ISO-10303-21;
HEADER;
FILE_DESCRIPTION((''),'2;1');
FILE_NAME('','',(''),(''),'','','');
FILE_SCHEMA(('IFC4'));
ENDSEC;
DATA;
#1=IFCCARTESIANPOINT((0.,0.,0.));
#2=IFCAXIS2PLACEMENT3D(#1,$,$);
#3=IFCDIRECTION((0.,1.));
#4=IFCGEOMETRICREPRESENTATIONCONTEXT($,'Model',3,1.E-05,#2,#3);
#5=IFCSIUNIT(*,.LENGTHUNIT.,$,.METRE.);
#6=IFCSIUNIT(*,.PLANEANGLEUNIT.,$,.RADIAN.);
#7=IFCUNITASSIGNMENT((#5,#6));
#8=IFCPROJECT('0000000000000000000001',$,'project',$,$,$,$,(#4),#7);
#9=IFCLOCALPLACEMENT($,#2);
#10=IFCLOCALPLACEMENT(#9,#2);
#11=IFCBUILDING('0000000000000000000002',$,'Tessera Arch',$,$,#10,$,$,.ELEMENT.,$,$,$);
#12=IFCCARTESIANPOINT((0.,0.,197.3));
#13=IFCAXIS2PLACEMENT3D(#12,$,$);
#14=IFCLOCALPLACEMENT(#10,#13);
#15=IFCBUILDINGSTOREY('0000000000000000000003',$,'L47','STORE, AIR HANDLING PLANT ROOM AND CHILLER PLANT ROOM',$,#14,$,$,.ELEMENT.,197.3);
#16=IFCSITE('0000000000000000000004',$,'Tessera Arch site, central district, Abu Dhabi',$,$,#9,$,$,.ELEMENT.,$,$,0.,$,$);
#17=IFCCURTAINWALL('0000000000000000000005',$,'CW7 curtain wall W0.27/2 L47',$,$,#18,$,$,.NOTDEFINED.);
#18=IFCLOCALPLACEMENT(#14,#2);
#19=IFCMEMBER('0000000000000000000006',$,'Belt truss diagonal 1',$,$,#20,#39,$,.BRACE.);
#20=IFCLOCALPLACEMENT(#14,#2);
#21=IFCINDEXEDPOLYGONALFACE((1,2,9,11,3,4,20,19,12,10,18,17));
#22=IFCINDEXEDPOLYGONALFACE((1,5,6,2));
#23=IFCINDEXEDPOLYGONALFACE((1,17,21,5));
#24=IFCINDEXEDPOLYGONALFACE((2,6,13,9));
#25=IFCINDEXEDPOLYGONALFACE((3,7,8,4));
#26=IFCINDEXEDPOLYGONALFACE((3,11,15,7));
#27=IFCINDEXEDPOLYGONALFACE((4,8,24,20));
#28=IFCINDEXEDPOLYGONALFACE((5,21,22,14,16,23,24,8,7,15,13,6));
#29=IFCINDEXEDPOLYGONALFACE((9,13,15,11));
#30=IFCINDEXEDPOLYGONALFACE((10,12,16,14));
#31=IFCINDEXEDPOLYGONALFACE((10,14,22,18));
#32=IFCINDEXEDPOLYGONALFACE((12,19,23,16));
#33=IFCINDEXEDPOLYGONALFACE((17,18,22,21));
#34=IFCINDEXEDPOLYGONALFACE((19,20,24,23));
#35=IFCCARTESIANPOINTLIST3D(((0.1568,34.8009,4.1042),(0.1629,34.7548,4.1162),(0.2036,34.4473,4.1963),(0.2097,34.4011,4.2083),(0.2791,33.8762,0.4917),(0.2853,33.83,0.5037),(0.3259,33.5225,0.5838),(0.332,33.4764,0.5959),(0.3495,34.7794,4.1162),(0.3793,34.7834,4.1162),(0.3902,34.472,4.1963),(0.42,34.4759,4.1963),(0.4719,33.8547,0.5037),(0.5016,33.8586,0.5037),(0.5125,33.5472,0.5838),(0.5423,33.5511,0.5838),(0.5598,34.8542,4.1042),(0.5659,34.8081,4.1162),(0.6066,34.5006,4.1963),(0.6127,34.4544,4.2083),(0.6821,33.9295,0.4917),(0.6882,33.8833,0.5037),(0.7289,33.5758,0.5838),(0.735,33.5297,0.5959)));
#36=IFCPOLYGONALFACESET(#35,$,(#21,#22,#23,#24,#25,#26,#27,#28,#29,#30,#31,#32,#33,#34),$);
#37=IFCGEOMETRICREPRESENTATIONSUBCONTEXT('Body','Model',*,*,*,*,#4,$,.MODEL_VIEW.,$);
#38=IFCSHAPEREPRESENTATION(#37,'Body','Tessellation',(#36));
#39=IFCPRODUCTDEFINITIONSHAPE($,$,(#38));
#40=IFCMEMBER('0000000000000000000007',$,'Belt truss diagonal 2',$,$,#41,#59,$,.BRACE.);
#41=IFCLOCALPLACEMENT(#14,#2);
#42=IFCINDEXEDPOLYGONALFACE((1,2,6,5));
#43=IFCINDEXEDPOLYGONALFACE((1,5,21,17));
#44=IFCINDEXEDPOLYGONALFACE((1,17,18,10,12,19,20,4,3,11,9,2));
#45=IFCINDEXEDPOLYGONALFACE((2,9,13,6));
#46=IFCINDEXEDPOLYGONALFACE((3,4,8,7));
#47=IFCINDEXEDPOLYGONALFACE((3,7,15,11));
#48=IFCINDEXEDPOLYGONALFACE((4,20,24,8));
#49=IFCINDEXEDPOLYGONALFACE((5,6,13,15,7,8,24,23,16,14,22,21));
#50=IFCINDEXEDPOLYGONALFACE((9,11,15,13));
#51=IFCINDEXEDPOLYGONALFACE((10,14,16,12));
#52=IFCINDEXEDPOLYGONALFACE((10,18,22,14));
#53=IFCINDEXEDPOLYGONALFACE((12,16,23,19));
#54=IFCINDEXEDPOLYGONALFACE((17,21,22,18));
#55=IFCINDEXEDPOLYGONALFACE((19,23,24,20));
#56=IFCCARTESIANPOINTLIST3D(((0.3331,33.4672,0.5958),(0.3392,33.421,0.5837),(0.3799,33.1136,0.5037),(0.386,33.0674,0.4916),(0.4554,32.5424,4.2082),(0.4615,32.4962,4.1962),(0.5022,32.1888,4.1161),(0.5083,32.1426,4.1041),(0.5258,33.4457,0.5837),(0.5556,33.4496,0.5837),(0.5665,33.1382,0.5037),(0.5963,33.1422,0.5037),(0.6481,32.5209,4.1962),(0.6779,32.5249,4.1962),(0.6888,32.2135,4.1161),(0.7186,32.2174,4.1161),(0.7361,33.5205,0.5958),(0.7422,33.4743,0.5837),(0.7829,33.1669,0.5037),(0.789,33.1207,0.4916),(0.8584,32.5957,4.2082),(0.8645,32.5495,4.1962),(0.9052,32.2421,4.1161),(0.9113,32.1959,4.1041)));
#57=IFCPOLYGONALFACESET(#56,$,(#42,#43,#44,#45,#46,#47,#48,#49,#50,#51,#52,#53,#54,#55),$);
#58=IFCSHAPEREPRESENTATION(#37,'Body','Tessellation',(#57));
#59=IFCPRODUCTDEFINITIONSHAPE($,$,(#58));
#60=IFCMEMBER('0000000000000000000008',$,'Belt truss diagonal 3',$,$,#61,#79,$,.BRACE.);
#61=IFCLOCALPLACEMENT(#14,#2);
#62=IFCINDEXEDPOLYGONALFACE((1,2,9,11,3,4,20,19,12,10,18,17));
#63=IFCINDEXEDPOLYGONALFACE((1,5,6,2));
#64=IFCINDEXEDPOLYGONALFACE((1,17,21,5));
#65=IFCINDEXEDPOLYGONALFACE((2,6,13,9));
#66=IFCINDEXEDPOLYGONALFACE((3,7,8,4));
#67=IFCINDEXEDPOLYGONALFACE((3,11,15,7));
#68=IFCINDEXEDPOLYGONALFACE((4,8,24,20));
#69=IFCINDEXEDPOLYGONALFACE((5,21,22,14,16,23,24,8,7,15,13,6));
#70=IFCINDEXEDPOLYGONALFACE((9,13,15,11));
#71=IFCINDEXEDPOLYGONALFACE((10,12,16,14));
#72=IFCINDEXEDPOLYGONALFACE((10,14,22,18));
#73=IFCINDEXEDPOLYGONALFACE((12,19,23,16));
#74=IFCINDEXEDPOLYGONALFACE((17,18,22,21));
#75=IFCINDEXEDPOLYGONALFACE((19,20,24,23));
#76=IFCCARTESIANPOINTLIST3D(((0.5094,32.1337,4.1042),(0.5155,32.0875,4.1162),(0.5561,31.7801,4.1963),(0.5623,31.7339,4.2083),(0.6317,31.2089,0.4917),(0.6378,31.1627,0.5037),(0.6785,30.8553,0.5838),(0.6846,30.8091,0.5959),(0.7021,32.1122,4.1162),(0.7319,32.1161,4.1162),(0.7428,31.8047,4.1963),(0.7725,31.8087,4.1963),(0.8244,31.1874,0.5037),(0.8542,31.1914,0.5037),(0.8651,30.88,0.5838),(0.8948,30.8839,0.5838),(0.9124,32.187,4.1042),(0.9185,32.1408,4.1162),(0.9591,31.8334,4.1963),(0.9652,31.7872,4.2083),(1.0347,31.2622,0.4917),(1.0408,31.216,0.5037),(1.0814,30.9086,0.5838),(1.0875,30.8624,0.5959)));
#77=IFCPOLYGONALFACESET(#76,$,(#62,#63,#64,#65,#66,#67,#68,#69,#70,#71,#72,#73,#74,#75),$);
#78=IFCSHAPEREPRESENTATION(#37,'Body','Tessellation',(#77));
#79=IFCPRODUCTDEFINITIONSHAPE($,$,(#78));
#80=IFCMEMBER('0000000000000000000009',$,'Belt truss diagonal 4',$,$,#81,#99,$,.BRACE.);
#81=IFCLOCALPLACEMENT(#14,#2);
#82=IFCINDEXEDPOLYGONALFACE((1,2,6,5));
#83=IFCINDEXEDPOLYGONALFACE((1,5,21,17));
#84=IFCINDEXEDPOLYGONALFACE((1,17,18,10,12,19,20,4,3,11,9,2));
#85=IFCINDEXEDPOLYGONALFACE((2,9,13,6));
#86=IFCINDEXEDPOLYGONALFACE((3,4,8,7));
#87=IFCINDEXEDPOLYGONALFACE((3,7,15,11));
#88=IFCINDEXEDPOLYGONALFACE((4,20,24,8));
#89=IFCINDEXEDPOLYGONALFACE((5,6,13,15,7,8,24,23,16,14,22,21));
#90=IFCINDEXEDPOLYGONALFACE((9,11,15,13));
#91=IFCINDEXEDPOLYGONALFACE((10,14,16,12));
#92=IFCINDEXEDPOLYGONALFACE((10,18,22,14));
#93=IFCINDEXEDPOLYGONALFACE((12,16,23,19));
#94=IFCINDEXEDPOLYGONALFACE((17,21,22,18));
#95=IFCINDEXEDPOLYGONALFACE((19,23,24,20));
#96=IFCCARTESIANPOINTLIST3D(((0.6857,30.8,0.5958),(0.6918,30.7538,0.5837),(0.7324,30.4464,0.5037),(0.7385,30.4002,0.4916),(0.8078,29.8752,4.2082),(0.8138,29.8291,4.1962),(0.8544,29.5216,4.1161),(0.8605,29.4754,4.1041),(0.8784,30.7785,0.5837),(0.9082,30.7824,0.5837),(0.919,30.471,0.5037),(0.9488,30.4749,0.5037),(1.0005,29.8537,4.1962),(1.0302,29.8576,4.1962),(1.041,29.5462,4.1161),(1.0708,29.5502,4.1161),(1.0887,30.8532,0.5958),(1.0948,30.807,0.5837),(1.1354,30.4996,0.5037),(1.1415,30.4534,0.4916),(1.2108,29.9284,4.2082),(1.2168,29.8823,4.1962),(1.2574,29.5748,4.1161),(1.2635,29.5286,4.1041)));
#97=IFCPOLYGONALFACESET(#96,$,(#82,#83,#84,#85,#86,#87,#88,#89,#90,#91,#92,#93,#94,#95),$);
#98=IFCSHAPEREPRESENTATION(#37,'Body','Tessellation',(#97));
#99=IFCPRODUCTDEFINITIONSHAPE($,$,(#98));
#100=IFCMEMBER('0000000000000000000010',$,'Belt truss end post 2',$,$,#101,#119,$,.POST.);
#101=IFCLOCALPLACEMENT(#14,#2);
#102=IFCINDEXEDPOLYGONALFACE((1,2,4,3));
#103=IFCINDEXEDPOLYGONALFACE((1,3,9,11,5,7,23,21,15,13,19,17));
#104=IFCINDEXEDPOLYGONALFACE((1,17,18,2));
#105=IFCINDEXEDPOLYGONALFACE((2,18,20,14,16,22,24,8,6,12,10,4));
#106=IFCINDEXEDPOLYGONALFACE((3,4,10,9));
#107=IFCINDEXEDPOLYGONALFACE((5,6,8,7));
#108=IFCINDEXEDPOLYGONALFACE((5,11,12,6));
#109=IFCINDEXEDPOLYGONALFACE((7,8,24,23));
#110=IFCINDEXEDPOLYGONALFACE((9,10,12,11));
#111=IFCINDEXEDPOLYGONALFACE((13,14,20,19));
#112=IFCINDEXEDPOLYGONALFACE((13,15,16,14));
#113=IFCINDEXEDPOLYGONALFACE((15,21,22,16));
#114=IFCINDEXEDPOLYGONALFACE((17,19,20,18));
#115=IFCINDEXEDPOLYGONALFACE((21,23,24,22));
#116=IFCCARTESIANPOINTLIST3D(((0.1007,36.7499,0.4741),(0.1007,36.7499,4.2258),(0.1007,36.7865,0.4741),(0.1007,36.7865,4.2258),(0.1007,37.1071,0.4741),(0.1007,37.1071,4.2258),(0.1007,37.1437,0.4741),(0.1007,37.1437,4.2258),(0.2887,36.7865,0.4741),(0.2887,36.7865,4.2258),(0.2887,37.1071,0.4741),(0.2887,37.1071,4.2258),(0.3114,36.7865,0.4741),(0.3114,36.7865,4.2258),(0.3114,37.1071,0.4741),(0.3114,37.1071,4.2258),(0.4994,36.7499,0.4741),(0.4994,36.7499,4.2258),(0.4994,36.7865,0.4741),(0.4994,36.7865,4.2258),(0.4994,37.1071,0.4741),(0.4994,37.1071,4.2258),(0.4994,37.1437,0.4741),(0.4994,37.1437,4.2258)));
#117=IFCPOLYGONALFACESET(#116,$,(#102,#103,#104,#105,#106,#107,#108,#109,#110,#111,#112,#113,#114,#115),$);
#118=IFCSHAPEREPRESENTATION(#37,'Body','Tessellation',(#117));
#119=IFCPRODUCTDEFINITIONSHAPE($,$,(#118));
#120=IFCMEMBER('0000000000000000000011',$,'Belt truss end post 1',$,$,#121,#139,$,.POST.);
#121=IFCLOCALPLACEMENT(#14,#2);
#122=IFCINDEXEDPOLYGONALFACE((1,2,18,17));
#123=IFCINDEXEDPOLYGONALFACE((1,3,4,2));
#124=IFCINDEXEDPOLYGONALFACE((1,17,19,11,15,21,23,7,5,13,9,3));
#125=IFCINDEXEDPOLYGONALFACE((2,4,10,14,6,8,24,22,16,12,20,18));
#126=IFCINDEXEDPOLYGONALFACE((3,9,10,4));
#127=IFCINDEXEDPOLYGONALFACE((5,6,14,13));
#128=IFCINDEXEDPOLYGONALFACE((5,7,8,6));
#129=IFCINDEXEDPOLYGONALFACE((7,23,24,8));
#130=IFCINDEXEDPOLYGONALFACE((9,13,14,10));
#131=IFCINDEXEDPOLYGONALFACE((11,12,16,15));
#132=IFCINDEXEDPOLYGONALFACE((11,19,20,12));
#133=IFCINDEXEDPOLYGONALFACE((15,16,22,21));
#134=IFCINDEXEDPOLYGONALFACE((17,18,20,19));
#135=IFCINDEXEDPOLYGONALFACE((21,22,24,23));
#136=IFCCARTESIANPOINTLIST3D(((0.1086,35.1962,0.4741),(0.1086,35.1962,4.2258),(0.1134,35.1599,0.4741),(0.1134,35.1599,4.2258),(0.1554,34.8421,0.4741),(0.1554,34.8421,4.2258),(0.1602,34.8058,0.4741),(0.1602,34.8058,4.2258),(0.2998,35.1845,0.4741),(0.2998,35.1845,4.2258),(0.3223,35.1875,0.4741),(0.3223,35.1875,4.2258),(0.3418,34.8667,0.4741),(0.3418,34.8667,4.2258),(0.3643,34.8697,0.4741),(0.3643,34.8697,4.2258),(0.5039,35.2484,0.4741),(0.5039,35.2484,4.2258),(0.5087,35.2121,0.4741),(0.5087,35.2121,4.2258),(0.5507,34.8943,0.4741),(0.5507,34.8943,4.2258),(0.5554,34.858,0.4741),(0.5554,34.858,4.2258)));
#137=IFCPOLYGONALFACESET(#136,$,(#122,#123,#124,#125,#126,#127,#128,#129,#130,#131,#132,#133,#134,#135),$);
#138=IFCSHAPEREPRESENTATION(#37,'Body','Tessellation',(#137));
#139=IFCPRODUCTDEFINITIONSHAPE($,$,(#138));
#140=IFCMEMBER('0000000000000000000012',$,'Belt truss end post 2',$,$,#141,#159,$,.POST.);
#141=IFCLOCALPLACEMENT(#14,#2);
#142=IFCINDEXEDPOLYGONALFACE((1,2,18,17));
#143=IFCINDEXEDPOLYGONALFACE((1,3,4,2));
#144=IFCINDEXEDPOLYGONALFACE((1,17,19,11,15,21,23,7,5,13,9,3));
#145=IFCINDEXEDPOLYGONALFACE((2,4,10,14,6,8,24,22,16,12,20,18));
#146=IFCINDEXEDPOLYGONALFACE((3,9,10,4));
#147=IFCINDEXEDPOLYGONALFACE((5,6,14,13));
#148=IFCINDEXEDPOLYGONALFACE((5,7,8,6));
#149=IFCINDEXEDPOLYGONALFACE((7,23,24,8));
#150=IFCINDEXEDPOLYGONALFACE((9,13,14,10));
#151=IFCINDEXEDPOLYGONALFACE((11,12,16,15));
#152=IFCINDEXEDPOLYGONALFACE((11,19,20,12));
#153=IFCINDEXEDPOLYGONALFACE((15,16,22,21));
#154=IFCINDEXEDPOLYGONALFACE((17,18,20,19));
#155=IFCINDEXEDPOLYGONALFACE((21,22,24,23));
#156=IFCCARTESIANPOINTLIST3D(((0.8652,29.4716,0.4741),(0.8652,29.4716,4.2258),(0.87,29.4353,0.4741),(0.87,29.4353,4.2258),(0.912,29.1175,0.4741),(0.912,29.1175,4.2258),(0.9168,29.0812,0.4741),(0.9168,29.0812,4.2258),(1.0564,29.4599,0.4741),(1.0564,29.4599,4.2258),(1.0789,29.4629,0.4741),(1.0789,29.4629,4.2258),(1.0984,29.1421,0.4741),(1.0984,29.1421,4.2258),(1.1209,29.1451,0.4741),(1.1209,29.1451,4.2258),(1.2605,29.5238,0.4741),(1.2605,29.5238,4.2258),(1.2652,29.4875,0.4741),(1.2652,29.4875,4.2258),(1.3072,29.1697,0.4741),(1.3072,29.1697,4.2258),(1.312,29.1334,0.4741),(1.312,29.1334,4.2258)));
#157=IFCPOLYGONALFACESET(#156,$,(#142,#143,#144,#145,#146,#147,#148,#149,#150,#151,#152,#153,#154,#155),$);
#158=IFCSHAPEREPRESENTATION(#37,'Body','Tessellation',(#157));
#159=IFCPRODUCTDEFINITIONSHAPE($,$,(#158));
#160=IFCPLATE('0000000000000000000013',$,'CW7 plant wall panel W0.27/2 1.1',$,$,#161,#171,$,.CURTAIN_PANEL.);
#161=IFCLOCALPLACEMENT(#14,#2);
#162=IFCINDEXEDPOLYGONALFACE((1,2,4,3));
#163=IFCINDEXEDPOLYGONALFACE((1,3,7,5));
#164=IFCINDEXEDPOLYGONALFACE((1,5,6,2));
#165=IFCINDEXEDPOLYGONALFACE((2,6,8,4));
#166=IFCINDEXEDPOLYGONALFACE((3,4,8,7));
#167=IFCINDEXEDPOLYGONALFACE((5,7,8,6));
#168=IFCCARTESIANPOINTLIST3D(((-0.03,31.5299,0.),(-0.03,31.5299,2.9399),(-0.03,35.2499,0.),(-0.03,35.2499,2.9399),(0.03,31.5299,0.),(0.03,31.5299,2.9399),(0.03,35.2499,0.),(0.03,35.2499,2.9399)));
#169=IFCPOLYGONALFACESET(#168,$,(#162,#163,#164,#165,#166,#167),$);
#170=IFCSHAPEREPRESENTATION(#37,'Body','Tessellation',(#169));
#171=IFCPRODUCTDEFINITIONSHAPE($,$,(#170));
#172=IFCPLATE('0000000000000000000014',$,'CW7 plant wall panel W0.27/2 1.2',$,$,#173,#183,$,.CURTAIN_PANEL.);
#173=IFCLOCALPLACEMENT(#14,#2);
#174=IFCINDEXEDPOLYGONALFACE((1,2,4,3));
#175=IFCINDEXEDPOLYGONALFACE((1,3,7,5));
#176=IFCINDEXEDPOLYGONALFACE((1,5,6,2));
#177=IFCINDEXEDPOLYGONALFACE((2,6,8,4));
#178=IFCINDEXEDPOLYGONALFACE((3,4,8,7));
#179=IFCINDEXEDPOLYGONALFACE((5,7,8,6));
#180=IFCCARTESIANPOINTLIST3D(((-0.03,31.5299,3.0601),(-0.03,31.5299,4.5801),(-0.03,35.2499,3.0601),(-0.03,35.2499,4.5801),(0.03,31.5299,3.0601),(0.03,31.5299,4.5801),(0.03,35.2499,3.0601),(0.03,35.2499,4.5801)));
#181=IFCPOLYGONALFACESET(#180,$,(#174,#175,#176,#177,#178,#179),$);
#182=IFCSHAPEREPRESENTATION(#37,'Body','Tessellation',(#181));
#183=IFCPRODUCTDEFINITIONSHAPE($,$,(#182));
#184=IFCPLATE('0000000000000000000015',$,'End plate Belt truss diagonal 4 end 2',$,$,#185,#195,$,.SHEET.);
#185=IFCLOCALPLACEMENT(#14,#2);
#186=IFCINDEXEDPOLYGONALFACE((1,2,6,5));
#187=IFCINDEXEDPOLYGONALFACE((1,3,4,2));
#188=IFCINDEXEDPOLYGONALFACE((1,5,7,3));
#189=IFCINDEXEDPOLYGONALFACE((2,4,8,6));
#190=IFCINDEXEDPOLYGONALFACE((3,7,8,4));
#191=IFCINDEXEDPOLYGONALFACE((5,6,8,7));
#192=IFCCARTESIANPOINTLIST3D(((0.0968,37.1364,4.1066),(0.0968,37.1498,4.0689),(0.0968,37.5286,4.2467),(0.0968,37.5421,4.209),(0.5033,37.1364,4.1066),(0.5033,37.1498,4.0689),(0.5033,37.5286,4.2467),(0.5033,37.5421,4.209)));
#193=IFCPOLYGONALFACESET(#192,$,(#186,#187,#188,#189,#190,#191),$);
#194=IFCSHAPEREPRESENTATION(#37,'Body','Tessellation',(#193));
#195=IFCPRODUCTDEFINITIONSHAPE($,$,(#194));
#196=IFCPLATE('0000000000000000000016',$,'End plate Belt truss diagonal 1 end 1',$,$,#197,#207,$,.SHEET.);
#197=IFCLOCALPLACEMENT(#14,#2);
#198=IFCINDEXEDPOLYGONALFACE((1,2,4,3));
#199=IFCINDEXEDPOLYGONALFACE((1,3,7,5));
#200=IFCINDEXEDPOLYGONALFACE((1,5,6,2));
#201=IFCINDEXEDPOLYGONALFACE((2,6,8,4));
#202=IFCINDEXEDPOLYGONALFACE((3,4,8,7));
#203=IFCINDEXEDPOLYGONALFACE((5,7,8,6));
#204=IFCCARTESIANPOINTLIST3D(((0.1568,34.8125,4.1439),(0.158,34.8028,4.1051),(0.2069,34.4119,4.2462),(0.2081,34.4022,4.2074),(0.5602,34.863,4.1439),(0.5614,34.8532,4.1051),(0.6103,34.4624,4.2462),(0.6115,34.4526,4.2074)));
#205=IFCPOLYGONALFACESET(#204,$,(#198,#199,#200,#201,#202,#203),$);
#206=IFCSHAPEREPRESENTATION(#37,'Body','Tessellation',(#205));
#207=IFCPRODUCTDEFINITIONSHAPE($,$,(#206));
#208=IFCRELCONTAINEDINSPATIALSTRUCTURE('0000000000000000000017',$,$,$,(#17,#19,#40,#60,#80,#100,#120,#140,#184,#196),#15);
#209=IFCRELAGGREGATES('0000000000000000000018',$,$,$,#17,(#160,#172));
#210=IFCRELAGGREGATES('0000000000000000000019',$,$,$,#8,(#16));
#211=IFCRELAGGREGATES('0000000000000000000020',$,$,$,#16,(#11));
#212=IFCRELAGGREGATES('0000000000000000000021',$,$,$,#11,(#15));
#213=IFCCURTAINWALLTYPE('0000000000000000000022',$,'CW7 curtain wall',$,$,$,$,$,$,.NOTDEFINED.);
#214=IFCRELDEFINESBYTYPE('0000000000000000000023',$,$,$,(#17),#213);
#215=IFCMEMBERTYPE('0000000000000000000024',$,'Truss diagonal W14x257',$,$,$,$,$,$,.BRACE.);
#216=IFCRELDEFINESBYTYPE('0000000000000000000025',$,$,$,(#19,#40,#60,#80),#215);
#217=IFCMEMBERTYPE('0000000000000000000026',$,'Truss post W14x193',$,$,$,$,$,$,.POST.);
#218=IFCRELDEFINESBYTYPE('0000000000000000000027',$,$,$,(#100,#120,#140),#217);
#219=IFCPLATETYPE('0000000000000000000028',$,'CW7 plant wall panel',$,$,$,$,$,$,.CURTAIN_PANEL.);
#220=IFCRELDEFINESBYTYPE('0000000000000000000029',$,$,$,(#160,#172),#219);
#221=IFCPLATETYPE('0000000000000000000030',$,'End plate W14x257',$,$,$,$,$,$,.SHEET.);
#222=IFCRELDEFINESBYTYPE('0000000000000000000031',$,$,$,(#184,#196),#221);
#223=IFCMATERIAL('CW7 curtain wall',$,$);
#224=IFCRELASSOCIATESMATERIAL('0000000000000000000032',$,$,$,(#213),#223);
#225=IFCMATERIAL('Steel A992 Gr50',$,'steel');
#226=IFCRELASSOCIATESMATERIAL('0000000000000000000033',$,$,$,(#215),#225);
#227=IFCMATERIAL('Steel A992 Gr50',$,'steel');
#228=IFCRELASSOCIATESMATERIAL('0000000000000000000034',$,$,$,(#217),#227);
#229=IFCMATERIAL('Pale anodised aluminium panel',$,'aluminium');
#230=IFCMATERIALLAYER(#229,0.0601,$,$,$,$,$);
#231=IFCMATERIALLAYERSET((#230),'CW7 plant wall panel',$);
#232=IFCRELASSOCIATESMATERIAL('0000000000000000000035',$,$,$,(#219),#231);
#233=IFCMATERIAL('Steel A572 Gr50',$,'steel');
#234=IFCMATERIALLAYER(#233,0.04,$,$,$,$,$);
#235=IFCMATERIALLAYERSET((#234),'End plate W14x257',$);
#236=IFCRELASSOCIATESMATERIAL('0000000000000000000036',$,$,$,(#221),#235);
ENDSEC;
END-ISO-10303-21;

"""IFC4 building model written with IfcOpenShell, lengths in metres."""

from ifc_helpers import new_model, si_unit, direction, frame, origin, origin_2d, place, context, subcontext, project, spatial, rectangle, i_section, extrude, material, layer, layer_set, material_profile, profile_set, type_object, element, aggregate, save


model = new_model("IFC4")

# Units and contexts
model_context = context("Model", 3, precision=1e-05, world=origin(), true_north=direction((0.0, 1.0)))
body_context = subcontext(model_context, "Body", "Model", "MODEL_VIEW")
ifc_project = project(units=[si_unit("LENGTHUNIT", "METRE"), si_unit("PLANEANGLEUNIT", "RADIAN")], contexts=[model_context])

# Site, building, storey
site_placement = place(None, origin())
site = spatial("IfcSite", under=ifc_project, at=site_placement, Name="Tessera Arch site, central district, Abu Dhabi", CompositionType="ELEMENT", RefElevation=0.0)
building_placement = place(site_placement, origin())
building = spatial("IfcBuilding", under=site, at=building_placement, Name="Tessera Arch", CompositionType="ELEMENT")
storey_placement = place(building_placement, frame((0.0, 0.0, 197.3)))
storey = spatial("IfcBuildingStorey", under=building, at=storey_placement, Name="L47", Description="STORE, AIR HANDLING PLANT ROOM AND CHILLER PLANT ROOM", CompositionType="ELEMENT", Elevation=197.3)

# Curtain wall
ifc_material_1 = material(Name="CW7 curtain wall")
curtain_wall_type = type_object("IfcCurtainWallType", Name="CW7 curtain wall", PredefinedType="NOTDEFINED", material=ifc_material_1)
curtain_wall_placement = place(storey_placement, origin())
curtain_wall = element("IfcCurtainWall", 1, at=curtain_wall_placement, inside=storey, type_object=curtain_wall_type, Name="CW7 curtain wall W0.27/2 L47", PredefinedType="NOTDEFINED")

# Members
ifc_material_2 = material(Name="Steel A992 Gr50", Category="steel")
ifc_material_profile_1 = material_profile(ifc_material_2, i_section(OverallWidth=0.4065, OverallDepth=0.4165, WebThickness=0.03, FlangeThickness=0.0481, at=origin_2d()), Name="W14x257")
ifc_profile_set_1 = profile_set([ifc_material_profile_1], Name="Steel A992 Gr50")
member_type_1 = type_object("IfcMemberType", Name="Truss diagonal W14x257", PredefinedType="BRACE", material=ifc_profile_set_1)
for number, where, z_axis, x_axis, name in (
    (2, (0.3848, 34.6277, 4.1562), (0.032783, -0.247867, -0.968239), (0.991367, 0.131118, 0.0), "Belt truss diagonal 1"),
    (3, (0.561, 33.2939, 0.5437), (0.032783, -0.247867, 0.968239), (0.991367, 0.131118, 0.0), "Belt truss diagonal 2"),
    (4, (0.7373, 31.9604, 4.1562), (0.032783, -0.247867, -0.968239), (0.991367, 0.131118, 0.0), "Belt truss diagonal 3"),
    (5, (0.9136, 30.6267, 0.5437), (0.032717, -0.247868, 0.968241), (0.991401, 0.130861, 0.0), "Belt truss diagonal 4"),
):
    element("IfcMember", number, at=place(storey_placement, frame(where, z_axis=z_axis, x_axis=x_axis)), inside=storey, type_object=member_type_1, Name=name, PredefinedType="BRACE", context=body_context, shape_type="SweptSolid", body=[
        extrude(i_section(OverallWidth=0.4065, OverallDepth=0.4165, WebThickness=0.03, FlangeThickness=0.0481, at=origin_2d()), origin(), (0.0, 0.0, 1.0), 3.731),
    ])
ifc_material_3 = material(Name="Steel A992 Gr50", Category="steel")
ifc_material_profile_2 = material_profile(ifc_material_3, i_section(OverallWidth=0.3987, OverallDepth=0.3938, WebThickness=0.0227, FlangeThickness=0.0366, at=origin_2d()), Name="W14x193")
ifc_profile_set_2 = profile_set([ifc_material_profile_2], Name="Steel A992 Gr50")
member_type_2 = type_object("IfcMemberType", Name="Truss post W14x193", PredefinedType="POST", material=ifc_profile_set_2)
for number, where, z_axis, x_axis, name in (
    (6, (0.3, 36.9468, 0.4741), (0.0, 0.0, 1.0), (1.0, 0.0, 0.0), "Belt truss end post 2"),
    (7, (0.332, 35.0271, 0.4741), (0.0, 0.0, 1.0), (0.991382, 0.131003, 0.0), "Belt truss end post 1"),
    (8, (1.0886, 29.3025, 0.4741), (0.0, 0.0, 1.0), (0.991382, 0.131003, 0.0), "Belt truss end post 2"),
):
    element("IfcMember", number, at=place(storey_placement, frame(where, z_axis=z_axis, x_axis=x_axis)), inside=storey, type_object=member_type_2, Name=name, PredefinedType="POST", context=body_context, shape_type="SweptSolid", body=[
        extrude(i_section(OverallWidth=0.3987, OverallDepth=0.3938, WebThickness=0.0227, FlangeThickness=0.0366, at=origin_2d()), origin(), (0.0, 0.0, 1.0), 3.7517),
    ])

# Plates
ifc_material_4 = material(Name="Pale anodised aluminium panel", Category="aluminium")
ifc_layer_1 = layer(ifc_material_4, 0.0601)
ifc_layer_set_1 = layer_set([ifc_layer_1], Name="CW7 plant wall panel")
plate_type_1 = type_object("IfcPlateType", Name="CW7 plant wall panel", PredefinedType="CURTAIN_PANEL", material=ifc_layer_set_1)
plate_1_placement = place(storey_placement, frame((0.0, 33.3899, 0.0), z_axis=(0.0, 0.0, 1.0), x_axis=(0.0, -1.0, 0.0)))
plate_1 = element("IfcPlate", 9, at=plate_1_placement, type_object=plate_type_1, Name="CW7 plant wall panel W0.27/2 1.1", PredefinedType="CURTAIN_PANEL", context=body_context, shape_type="SweptSolid", body=[
    extrude(rectangle(XDim=3.72, YDim=0.0601, at=origin_2d()), origin(), (0.0, 0.0, 1.0), 2.9399),
])
plate_2_placement = place(storey_placement, frame((0.0, 33.3899, 3.0601), z_axis=(0.0, 0.0, 1.0), x_axis=(0.0, -1.0, 0.0)))
plate_2 = element("IfcPlate", 10, at=plate_2_placement, type_object=plate_type_1, Name="CW7 plant wall panel W0.27/2 1.2", PredefinedType="CURTAIN_PANEL", context=body_context, shape_type="SweptSolid", body=[
    extrude(rectangle(XDim=3.72, YDim=0.0601, at=origin_2d()), origin(), (0.0, 0.0, 1.0), 1.52),
])
aggregate(curtain_wall, [plate_1, plate_2])

# Plates
ifc_material_5 = material(Name="Steel A572 Gr50", Category="steel")
ifc_layer_2 = layer(ifc_material_5, 0.04)
ifc_layer_set_2 = layer_set([ifc_layer_2], Name="End plate W14x257")
plate_type_2 = type_object("IfcPlateType", Name="End plate W14x257", PredefinedType="SHEET", material=ifc_layer_set_2)
for number, where, z_axis, x_axis, name in (
    (11, (0.3, 37.3459, 4.1389), (0.0, -0.336336, 0.941742), (1.0, 0.0, 0.0), "End plate Belt truss diagonal 4 end 2"),
    (12, (0.3835, 34.6375, 4.1951), (0.030482, -0.243857, -0.969332), (0.992278, 0.124035, 0.0), "End plate Belt truss diagonal 1 end 1"),
):
    element("IfcPlate", number, at=place(storey_placement, frame(where, z_axis=z_axis, x_axis=x_axis)), inside=storey, type_object=plate_type_2, Name=name, PredefinedType="SHEET", context=body_context, shape_type="SweptSolid", body=[
        extrude(rectangle(XDim=0.4065, YDim=0.4165, at=origin_2d()), origin(), (0.0, 0.0, 1.0), 0.04),
    ])

save(model, "model.ifc")
